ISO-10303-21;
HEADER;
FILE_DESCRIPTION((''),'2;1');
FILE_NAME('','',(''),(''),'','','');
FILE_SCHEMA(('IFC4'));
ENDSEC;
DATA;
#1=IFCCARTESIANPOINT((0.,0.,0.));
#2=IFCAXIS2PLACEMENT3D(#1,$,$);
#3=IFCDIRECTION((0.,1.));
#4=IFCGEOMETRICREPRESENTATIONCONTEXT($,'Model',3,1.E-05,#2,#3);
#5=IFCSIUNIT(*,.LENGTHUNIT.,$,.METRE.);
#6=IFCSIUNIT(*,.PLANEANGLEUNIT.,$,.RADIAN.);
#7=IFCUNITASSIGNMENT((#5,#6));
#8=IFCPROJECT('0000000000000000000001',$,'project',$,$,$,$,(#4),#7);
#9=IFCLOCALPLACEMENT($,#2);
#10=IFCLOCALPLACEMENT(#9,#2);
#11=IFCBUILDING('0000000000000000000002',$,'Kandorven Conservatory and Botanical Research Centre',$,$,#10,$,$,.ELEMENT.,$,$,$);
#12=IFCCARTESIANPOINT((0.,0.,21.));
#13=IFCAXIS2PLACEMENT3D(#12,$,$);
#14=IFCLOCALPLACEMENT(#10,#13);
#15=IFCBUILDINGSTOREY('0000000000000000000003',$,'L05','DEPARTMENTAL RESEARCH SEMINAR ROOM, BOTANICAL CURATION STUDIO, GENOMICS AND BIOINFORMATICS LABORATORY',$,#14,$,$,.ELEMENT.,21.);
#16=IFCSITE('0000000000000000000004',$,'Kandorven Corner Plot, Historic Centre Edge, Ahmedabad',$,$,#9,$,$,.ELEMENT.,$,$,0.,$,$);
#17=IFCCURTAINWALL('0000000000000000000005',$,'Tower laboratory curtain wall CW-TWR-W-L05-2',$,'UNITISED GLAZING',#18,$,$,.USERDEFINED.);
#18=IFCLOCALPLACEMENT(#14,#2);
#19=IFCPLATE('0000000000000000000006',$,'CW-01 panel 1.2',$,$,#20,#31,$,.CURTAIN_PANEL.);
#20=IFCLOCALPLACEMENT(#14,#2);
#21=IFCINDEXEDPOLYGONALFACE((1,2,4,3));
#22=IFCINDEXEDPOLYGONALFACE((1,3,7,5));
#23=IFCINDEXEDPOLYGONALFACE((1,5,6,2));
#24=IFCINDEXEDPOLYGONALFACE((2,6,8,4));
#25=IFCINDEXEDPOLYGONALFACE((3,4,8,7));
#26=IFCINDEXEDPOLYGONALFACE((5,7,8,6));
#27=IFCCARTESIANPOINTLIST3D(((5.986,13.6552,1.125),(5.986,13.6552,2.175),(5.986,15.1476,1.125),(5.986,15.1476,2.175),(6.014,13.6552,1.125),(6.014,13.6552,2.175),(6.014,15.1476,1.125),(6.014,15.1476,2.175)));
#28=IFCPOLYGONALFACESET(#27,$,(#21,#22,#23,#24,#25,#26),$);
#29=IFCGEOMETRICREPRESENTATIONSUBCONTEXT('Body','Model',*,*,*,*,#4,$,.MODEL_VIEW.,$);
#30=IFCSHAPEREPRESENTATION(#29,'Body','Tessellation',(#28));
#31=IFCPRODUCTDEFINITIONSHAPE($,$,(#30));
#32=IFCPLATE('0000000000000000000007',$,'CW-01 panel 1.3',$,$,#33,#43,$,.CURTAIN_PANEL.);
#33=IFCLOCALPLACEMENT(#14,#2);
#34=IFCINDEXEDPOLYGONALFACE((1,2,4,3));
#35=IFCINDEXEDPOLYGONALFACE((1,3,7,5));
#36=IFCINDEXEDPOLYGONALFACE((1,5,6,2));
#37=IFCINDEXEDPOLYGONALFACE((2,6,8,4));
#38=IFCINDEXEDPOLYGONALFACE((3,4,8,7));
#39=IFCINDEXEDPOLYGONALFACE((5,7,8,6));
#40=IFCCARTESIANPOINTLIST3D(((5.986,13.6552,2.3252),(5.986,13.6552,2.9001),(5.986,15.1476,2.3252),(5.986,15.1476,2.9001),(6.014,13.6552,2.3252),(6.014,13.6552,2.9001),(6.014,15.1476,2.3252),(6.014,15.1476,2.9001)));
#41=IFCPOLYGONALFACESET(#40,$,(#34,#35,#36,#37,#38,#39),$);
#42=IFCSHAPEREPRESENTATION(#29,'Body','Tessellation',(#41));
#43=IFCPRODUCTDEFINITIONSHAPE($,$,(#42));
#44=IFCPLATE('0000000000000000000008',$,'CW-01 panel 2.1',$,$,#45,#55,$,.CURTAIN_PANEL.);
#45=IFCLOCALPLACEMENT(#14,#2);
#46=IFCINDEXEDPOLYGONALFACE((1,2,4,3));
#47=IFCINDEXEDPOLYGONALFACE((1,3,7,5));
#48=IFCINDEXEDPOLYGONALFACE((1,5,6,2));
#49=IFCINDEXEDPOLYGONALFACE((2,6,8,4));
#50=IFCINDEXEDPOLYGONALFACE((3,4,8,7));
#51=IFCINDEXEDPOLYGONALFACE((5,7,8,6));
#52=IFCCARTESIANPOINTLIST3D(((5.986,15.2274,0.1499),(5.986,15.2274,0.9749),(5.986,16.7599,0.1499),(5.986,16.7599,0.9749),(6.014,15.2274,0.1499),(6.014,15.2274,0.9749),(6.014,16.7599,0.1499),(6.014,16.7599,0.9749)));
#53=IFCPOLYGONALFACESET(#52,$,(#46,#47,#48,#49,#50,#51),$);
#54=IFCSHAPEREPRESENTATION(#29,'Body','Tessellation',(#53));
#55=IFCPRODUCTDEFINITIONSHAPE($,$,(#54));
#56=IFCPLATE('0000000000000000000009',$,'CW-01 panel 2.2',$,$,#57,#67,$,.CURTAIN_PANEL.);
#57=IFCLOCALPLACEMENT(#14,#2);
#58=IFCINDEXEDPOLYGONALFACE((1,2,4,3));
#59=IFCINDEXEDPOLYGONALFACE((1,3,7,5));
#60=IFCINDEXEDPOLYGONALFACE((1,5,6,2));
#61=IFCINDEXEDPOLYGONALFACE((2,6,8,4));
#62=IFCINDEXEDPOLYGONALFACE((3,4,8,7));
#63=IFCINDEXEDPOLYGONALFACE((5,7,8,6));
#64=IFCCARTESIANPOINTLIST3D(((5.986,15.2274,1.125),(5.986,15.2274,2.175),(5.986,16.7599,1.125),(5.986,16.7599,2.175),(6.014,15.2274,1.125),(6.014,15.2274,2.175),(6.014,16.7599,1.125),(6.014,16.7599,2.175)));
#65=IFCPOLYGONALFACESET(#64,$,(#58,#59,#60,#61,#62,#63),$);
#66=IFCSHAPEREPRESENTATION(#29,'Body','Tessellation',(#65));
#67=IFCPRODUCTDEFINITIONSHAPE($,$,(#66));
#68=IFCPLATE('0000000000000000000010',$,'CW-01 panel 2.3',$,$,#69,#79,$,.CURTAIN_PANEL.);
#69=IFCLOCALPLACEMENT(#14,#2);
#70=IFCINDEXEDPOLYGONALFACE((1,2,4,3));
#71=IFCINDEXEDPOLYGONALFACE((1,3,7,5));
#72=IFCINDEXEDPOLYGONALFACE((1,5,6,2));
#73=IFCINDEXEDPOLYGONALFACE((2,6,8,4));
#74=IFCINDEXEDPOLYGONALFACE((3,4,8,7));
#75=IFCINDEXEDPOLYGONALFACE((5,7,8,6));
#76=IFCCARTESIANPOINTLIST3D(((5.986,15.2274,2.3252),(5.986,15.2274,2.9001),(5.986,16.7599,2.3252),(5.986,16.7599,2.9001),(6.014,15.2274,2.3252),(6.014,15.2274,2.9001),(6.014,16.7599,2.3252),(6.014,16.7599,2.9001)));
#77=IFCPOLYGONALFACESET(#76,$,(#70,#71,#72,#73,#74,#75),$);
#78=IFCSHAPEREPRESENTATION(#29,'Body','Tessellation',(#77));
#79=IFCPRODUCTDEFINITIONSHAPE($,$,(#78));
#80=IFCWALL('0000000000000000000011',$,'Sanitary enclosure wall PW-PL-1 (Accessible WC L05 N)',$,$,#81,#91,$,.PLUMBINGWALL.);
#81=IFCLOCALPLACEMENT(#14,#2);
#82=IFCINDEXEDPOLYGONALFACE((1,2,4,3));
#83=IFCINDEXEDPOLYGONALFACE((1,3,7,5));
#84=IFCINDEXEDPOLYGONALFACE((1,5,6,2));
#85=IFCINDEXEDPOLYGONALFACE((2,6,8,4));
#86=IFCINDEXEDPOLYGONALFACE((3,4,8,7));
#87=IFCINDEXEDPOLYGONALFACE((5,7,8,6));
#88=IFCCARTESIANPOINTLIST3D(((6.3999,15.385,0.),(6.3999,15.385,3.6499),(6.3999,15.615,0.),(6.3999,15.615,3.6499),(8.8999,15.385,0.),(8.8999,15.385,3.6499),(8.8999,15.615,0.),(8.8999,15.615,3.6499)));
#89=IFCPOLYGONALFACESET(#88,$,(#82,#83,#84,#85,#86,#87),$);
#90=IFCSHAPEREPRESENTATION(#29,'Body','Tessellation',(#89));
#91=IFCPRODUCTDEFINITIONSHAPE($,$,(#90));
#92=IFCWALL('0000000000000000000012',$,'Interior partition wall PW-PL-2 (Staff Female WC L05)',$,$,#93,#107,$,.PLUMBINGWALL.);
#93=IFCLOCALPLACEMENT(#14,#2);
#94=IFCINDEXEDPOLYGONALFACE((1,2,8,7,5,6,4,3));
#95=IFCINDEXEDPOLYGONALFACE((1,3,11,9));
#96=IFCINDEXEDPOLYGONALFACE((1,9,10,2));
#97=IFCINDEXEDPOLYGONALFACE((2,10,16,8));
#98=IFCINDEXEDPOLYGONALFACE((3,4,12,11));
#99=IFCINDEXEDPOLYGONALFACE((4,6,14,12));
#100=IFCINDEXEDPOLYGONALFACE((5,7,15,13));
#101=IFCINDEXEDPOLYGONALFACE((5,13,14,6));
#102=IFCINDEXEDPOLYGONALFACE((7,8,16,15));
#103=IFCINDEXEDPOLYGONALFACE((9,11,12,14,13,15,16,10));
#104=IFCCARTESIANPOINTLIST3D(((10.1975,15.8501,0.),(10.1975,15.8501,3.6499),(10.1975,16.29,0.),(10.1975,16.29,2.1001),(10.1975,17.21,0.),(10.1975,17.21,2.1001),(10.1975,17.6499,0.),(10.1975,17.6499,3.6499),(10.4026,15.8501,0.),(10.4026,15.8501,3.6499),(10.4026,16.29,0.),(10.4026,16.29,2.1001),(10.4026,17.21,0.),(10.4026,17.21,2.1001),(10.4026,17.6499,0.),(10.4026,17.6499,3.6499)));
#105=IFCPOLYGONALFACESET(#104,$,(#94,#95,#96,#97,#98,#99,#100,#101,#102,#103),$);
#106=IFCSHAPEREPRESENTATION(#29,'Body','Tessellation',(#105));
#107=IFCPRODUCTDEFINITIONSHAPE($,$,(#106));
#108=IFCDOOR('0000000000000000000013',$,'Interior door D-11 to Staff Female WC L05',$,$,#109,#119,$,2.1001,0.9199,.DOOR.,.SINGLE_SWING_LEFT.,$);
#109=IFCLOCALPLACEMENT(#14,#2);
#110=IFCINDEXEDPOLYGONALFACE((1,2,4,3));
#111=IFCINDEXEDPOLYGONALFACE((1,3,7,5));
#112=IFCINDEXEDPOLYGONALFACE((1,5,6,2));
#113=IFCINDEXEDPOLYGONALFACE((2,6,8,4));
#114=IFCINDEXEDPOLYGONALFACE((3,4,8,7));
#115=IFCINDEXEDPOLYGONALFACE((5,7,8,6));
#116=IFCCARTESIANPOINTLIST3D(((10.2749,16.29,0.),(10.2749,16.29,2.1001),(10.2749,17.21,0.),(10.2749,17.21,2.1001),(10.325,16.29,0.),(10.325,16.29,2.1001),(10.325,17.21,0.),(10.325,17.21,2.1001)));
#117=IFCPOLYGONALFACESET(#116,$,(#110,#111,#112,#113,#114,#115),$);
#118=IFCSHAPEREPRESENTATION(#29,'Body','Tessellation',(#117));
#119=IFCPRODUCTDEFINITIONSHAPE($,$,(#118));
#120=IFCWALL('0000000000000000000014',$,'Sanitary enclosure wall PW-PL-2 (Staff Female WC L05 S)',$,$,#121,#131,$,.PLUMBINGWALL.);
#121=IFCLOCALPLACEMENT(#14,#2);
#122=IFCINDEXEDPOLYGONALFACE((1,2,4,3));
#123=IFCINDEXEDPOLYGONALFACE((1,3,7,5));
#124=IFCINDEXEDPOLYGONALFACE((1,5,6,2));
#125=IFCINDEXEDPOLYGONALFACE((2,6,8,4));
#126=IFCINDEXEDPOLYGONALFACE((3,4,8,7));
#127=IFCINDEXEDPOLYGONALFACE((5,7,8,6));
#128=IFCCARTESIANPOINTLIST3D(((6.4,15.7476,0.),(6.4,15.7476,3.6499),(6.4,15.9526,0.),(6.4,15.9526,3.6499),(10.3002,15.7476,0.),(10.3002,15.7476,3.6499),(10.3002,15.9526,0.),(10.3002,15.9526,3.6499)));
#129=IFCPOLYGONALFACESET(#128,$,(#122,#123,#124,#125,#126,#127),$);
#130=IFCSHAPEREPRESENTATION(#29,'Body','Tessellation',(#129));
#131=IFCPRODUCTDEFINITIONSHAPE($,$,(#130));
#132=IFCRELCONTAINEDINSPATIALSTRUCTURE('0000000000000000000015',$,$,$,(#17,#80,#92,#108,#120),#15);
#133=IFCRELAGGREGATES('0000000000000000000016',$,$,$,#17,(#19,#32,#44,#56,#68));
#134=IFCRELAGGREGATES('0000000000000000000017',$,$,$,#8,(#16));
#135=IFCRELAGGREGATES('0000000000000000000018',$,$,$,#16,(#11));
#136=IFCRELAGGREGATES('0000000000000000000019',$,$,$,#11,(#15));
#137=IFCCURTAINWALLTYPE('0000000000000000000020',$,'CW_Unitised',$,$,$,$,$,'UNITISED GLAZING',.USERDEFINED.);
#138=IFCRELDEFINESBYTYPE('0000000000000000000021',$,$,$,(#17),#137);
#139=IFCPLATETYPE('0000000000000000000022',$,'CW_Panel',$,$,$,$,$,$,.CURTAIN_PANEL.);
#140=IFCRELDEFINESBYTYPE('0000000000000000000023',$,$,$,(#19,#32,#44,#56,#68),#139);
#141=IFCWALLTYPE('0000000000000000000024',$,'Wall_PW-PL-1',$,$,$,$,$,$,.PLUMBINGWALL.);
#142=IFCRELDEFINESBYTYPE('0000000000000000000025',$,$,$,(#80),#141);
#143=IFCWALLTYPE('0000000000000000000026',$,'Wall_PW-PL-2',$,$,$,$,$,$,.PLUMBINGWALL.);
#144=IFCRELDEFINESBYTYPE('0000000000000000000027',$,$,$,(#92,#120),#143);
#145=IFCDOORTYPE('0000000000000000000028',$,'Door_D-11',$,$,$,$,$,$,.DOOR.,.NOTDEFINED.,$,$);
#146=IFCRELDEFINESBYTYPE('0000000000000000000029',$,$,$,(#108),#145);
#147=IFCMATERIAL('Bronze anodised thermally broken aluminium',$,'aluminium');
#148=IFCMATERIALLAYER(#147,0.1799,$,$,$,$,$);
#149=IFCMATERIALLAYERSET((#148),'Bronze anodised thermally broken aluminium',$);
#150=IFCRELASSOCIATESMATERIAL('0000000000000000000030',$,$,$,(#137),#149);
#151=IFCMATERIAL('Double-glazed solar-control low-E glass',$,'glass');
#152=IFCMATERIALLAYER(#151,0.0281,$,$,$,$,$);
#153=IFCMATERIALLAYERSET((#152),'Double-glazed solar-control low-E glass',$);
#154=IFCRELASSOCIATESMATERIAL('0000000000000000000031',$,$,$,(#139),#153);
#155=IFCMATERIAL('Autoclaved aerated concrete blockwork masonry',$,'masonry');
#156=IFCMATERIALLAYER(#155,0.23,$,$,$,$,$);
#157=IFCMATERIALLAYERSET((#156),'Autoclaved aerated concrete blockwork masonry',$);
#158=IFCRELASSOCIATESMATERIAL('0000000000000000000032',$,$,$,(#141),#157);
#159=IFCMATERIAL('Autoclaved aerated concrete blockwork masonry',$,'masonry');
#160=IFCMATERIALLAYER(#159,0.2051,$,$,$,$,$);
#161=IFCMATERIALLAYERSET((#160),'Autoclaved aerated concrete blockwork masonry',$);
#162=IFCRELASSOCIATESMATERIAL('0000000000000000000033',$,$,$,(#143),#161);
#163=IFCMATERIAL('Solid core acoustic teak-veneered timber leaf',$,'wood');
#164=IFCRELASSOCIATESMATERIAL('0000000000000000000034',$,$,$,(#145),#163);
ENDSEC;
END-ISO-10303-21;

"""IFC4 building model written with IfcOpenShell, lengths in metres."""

from ifc_helpers import new_model, si_unit, direction, frame, frame_2d, origin, origin_2d, place, context, subcontext, project, spatial, rectangle, extrude, material, layer, layer_set, type_object, element, fill, aggregate, save


model = new_model("IFC4")

# Units and contexts
model_context = context("Model", 3, precision=1e-05, world=origin(), true_north=direction((0.0, 1.0)))
body_context = subcontext(model_context, "Body", "Model", "MODEL_VIEW")
ifc_project = project(units=[si_unit("LENGTHUNIT", "METRE"), si_unit("PLANEANGLEUNIT", "RADIAN")], contexts=[model_context])

# Site, building, storey
site_placement = place(None, origin())
site = spatial("IfcSite", under=ifc_project, at=site_placement, Name="Kandorven Corner Plot, Historic Centre Edge, Ahmedabad", CompositionType="ELEMENT", RefElevation=0.0)
building_placement = place(site_placement, origin())
building = spatial("IfcBuilding", under=site, at=building_placement, Name="Kandorven Conservatory and Botanical Research Centre", CompositionType="ELEMENT")
storey_placement = place(building_placement, frame((0.0, 0.0, 21.0)))
storey = spatial("IfcBuildingStorey", under=building, at=storey_placement, Name="L05", Description="DEPARTMENTAL RESEARCH SEMINAR ROOM, BOTANICAL CURATION STUDIO, GENOMICS AND BIOINFORMATICS LABORATORY", CompositionType="ELEMENT", Elevation=21.0)

# Curtain wall, plates
ifc_material_1 = material(Name="Bronze anodised thermally broken aluminium", Category="aluminium")
ifc_layer_1 = layer(ifc_material_1, 0.1799)
ifc_layer_set_1 = layer_set([ifc_layer_1], Name="Bronze anodised thermally broken aluminium")
curtain_wall_type = type_object("IfcCurtainWallType", Name="CW_Unitised", ElementType="UNITISED GLAZING", PredefinedType="USERDEFINED", material=ifc_layer_set_1)
curtain_wall_placement = place(storey_placement, origin())
curtain_wall = element("IfcCurtainWall", 1, at=curtain_wall_placement, inside=storey, type_object=curtain_wall_type, Name="Tower laboratory curtain wall CW-TWR-W-L05-2", ObjectType="UNITISED GLAZING", PredefinedType="USERDEFINED")
ifc_material_2 = material(Name="Double-glazed solar-control low-E glass", Category="glass")
ifc_layer_2 = layer(ifc_material_2, 0.0281)
ifc_layer_set_2 = layer_set([ifc_layer_2], Name="Double-glazed solar-control low-E glass")
plate_type = type_object("IfcPlateType", Name="CW_Panel", PredefinedType="CURTAIN_PANEL", material=ifc_layer_set_2)
plate_1_placement = place(storey_placement, frame((6.0, 14.4014, 1.125), z_axis=(0.0, 0.0, 1.0), x_axis=(0.0, 1.0, 0.0)))
plate_1 = element("IfcPlate", 2, at=plate_1_placement, type_object=plate_type, Name="CW-01 panel 1.2", PredefinedType="CURTAIN_PANEL", context=body_context, shape_type="SweptSolid", body=[
    extrude(rectangle(XDim=1.4924, YDim=0.0281, at=origin_2d()), origin(), (0.0, 0.0, 1.0), 1.05),
])
plate_2_placement = place(storey_placement, frame((6.0, 14.4014, 2.3252), z_axis=(0.0, 0.0, 1.0), x_axis=(0.0, 1.0, 0.0)))
plate_2 = element("IfcPlate", 3, at=plate_2_placement, type_object=plate_type, Name="CW-01 panel 1.3", PredefinedType="CURTAIN_PANEL", context=body_context, shape_type="SweptSolid", body=[
    extrude(rectangle(XDim=1.4924, YDim=0.0281, at=origin_2d()), origin(), (0.0, 0.0, 1.0), 0.575),
])
plate_3_placement = place(storey_placement, frame((6.0, 15.9937, 0.1499), z_axis=(0.0, 0.0, 1.0), x_axis=(0.0, 1.0, 0.0)))
plate_3 = element("IfcPlate", 4, at=plate_3_placement, type_object=plate_type, Name="CW-01 panel 2.1", PredefinedType="CURTAIN_PANEL", context=body_context, shape_type="SweptSolid", body=[
    extrude(rectangle(XDim=1.5325, YDim=0.0281, at=origin_2d()), origin(), (0.0, 0.0, 1.0), 0.825),
])
plate_4_placement = place(storey_placement, frame((6.0, 15.9937, 1.125), z_axis=(0.0, 0.0, 1.0), x_axis=(0.0, 1.0, 0.0)))
plate_4 = element("IfcPlate", 5, at=plate_4_placement, type_object=plate_type, Name="CW-01 panel 2.2", PredefinedType="CURTAIN_PANEL", context=body_context, shape_type="SweptSolid", body=[
    extrude(rectangle(XDim=1.5325, YDim=0.0281, at=origin_2d()), origin(), (0.0, 0.0, 1.0), 1.05),
])
plate_5_placement = place(storey_placement, frame((6.0, 15.9937, 2.3252), z_axis=(0.0, 0.0, 1.0), x_axis=(0.0, 1.0, 0.0)))
plate_5 = element("IfcPlate", 6, at=plate_5_placement, type_object=plate_type, Name="CW-01 panel 2.3", PredefinedType="CURTAIN_PANEL", context=body_context, shape_type="SweptSolid", body=[
    extrude(rectangle(XDim=1.5325, YDim=0.0281, at=origin_2d()), origin(), (0.0, 0.0, 1.0), 0.575),
])
aggregate(curtain_wall, [plate_1, plate_2, plate_3, plate_4, plate_5])

# Wall
ifc_material_3 = material(Name="Autoclaved aerated concrete blockwork masonry", Category="masonry")
ifc_layer_3 = layer(ifc_material_3, 0.23)
ifc_layer_set_3 = layer_set([ifc_layer_3], Name="Autoclaved aerated concrete blockwork masonry")
wall_type_1 = type_object("IfcWallType", Name="Wall_PW-PL-1", PredefinedType="PLUMBINGWALL", material=ifc_layer_set_3)
wall_1_placement = place(storey_placement, frame((6.3999, 15.5, 0.0), z_axis=(0.0, 0.0, 1.0), x_axis=(1.0, 0.0, 0.0)))
element("IfcWall", 7, at=wall_1_placement, inside=storey, type_object=wall_type_1, Name="Sanitary enclosure wall PW-PL-1 (Accessible WC L05 N)", PredefinedType="PLUMBINGWALL", context=body_context, shape_type="SweptSolid", body=[
    extrude(rectangle(XDim=2.5, YDim=0.23, at=frame_2d((1.25, 0.0))), origin(), (0.0, 0.0, 1.0), 3.6499),
])

# Wall, opening, door
ifc_material_4 = material(Name="Autoclaved aerated concrete blockwork masonry", Category="masonry")
ifc_layer_4 = layer(ifc_material_4, 0.2051)
ifc_layer_set_4 = layer_set([ifc_layer_4], Name="Autoclaved aerated concrete blockwork masonry")
wall_type_2 = type_object("IfcWallType", Name="Wall_PW-PL-2", PredefinedType="PLUMBINGWALL", material=ifc_layer_set_4)
wall_2_placement = place(storey_placement, frame((10.3, 15.8501, 0.0), z_axis=(0.0, 0.0, 1.0), x_axis=(0.0, 1.0, 0.0)))
wall_2 = element("IfcWall", 8, at=wall_2_placement, inside=storey, type_object=wall_type_2, Name="Interior partition wall PW-PL-2 (Staff Female WC L05)", PredefinedType="PLUMBINGWALL", context=body_context, shape_type="SweptSolid", body=[
    extrude(rectangle(XDim=1.7998, YDim=0.2051, at=frame_2d((0.8999, 0.0))), origin(), (0.0, 0.0, 1.0), 3.6499),
])
opening_placement = place(wall_2_placement, frame((0.4399, 0.0, 0.0)))
opening = element("IfcOpeningElement", 9, at=opening_placement, cuts=wall_2, PredefinedType="OPENING", context=body_context, shape_type="SweptSolid", body=[
    extrude(rectangle(XDim=0.9199, YDim=2.1001, at=frame_2d((0.46, 1.05))), frame((0.0, 0.1125, 0.0), z_axis=(0.0, -1.0, 0.0), x_axis=(1.0, 0.0, 0.0)), (0.0, 0.0, 1.0), 0.2251),
])
ifc_material_5 = material(Name="Solid core acoustic teak-veneered timber leaf", Category="wood")
door_type = type_object("IfcDoorType", Name="Door_D-11", OperationType="NOTDEFINED", PredefinedType="DOOR", material=ifc_material_5)
door_placement = place(opening_placement, frame((0.9199, 0.0, 0.0), z_axis=(0.0, 0.0, 1.0), x_axis=(-1.0, 0.0, 0.0)))
door = element("IfcDoor", 10, at=door_placement, inside=storey, type_object=door_type, Name="Interior door D-11 to Staff Female WC L05", OperationType="SINGLE_SWING_LEFT", OverallHeight=2.1001, OverallWidth=0.9199, PredefinedType="DOOR", context=body_context, shape_type="SweptSolid", body=[
    extrude(rectangle(XDim=0.9199, YDim=2.1001, at=frame_2d((0.46, 1.05))), frame((0.0, 0.0249, 0.0), z_axis=(0.0, -1.0, 0.0), x_axis=(1.0, 0.0, 0.0)), (0.0, 0.0, 1.0), 0.05),
])
fill(opening, door)

# Wall
wall_3_placement = place(storey_placement, frame((6.3999, 15.8501, 0.0), z_axis=(0.0, 0.0, 1.0), x_axis=(1.0, 0.0, 0.0)))
element("IfcWall", 11, at=wall_3_placement, inside=storey, type_object=wall_type_2, Name="Sanitary enclosure wall PW-PL-2 (Staff Female WC L05 S)", PredefinedType="PLUMBINGWALL", context=body_context, shape_type="SweptSolid", body=[
    extrude(rectangle(XDim=3.9001, YDim=0.2051, at=frame_2d((1.9502, 0.0))), origin(), (0.0, 0.0, 1.0), 3.6499),
])

save(model, "model.ifc")
